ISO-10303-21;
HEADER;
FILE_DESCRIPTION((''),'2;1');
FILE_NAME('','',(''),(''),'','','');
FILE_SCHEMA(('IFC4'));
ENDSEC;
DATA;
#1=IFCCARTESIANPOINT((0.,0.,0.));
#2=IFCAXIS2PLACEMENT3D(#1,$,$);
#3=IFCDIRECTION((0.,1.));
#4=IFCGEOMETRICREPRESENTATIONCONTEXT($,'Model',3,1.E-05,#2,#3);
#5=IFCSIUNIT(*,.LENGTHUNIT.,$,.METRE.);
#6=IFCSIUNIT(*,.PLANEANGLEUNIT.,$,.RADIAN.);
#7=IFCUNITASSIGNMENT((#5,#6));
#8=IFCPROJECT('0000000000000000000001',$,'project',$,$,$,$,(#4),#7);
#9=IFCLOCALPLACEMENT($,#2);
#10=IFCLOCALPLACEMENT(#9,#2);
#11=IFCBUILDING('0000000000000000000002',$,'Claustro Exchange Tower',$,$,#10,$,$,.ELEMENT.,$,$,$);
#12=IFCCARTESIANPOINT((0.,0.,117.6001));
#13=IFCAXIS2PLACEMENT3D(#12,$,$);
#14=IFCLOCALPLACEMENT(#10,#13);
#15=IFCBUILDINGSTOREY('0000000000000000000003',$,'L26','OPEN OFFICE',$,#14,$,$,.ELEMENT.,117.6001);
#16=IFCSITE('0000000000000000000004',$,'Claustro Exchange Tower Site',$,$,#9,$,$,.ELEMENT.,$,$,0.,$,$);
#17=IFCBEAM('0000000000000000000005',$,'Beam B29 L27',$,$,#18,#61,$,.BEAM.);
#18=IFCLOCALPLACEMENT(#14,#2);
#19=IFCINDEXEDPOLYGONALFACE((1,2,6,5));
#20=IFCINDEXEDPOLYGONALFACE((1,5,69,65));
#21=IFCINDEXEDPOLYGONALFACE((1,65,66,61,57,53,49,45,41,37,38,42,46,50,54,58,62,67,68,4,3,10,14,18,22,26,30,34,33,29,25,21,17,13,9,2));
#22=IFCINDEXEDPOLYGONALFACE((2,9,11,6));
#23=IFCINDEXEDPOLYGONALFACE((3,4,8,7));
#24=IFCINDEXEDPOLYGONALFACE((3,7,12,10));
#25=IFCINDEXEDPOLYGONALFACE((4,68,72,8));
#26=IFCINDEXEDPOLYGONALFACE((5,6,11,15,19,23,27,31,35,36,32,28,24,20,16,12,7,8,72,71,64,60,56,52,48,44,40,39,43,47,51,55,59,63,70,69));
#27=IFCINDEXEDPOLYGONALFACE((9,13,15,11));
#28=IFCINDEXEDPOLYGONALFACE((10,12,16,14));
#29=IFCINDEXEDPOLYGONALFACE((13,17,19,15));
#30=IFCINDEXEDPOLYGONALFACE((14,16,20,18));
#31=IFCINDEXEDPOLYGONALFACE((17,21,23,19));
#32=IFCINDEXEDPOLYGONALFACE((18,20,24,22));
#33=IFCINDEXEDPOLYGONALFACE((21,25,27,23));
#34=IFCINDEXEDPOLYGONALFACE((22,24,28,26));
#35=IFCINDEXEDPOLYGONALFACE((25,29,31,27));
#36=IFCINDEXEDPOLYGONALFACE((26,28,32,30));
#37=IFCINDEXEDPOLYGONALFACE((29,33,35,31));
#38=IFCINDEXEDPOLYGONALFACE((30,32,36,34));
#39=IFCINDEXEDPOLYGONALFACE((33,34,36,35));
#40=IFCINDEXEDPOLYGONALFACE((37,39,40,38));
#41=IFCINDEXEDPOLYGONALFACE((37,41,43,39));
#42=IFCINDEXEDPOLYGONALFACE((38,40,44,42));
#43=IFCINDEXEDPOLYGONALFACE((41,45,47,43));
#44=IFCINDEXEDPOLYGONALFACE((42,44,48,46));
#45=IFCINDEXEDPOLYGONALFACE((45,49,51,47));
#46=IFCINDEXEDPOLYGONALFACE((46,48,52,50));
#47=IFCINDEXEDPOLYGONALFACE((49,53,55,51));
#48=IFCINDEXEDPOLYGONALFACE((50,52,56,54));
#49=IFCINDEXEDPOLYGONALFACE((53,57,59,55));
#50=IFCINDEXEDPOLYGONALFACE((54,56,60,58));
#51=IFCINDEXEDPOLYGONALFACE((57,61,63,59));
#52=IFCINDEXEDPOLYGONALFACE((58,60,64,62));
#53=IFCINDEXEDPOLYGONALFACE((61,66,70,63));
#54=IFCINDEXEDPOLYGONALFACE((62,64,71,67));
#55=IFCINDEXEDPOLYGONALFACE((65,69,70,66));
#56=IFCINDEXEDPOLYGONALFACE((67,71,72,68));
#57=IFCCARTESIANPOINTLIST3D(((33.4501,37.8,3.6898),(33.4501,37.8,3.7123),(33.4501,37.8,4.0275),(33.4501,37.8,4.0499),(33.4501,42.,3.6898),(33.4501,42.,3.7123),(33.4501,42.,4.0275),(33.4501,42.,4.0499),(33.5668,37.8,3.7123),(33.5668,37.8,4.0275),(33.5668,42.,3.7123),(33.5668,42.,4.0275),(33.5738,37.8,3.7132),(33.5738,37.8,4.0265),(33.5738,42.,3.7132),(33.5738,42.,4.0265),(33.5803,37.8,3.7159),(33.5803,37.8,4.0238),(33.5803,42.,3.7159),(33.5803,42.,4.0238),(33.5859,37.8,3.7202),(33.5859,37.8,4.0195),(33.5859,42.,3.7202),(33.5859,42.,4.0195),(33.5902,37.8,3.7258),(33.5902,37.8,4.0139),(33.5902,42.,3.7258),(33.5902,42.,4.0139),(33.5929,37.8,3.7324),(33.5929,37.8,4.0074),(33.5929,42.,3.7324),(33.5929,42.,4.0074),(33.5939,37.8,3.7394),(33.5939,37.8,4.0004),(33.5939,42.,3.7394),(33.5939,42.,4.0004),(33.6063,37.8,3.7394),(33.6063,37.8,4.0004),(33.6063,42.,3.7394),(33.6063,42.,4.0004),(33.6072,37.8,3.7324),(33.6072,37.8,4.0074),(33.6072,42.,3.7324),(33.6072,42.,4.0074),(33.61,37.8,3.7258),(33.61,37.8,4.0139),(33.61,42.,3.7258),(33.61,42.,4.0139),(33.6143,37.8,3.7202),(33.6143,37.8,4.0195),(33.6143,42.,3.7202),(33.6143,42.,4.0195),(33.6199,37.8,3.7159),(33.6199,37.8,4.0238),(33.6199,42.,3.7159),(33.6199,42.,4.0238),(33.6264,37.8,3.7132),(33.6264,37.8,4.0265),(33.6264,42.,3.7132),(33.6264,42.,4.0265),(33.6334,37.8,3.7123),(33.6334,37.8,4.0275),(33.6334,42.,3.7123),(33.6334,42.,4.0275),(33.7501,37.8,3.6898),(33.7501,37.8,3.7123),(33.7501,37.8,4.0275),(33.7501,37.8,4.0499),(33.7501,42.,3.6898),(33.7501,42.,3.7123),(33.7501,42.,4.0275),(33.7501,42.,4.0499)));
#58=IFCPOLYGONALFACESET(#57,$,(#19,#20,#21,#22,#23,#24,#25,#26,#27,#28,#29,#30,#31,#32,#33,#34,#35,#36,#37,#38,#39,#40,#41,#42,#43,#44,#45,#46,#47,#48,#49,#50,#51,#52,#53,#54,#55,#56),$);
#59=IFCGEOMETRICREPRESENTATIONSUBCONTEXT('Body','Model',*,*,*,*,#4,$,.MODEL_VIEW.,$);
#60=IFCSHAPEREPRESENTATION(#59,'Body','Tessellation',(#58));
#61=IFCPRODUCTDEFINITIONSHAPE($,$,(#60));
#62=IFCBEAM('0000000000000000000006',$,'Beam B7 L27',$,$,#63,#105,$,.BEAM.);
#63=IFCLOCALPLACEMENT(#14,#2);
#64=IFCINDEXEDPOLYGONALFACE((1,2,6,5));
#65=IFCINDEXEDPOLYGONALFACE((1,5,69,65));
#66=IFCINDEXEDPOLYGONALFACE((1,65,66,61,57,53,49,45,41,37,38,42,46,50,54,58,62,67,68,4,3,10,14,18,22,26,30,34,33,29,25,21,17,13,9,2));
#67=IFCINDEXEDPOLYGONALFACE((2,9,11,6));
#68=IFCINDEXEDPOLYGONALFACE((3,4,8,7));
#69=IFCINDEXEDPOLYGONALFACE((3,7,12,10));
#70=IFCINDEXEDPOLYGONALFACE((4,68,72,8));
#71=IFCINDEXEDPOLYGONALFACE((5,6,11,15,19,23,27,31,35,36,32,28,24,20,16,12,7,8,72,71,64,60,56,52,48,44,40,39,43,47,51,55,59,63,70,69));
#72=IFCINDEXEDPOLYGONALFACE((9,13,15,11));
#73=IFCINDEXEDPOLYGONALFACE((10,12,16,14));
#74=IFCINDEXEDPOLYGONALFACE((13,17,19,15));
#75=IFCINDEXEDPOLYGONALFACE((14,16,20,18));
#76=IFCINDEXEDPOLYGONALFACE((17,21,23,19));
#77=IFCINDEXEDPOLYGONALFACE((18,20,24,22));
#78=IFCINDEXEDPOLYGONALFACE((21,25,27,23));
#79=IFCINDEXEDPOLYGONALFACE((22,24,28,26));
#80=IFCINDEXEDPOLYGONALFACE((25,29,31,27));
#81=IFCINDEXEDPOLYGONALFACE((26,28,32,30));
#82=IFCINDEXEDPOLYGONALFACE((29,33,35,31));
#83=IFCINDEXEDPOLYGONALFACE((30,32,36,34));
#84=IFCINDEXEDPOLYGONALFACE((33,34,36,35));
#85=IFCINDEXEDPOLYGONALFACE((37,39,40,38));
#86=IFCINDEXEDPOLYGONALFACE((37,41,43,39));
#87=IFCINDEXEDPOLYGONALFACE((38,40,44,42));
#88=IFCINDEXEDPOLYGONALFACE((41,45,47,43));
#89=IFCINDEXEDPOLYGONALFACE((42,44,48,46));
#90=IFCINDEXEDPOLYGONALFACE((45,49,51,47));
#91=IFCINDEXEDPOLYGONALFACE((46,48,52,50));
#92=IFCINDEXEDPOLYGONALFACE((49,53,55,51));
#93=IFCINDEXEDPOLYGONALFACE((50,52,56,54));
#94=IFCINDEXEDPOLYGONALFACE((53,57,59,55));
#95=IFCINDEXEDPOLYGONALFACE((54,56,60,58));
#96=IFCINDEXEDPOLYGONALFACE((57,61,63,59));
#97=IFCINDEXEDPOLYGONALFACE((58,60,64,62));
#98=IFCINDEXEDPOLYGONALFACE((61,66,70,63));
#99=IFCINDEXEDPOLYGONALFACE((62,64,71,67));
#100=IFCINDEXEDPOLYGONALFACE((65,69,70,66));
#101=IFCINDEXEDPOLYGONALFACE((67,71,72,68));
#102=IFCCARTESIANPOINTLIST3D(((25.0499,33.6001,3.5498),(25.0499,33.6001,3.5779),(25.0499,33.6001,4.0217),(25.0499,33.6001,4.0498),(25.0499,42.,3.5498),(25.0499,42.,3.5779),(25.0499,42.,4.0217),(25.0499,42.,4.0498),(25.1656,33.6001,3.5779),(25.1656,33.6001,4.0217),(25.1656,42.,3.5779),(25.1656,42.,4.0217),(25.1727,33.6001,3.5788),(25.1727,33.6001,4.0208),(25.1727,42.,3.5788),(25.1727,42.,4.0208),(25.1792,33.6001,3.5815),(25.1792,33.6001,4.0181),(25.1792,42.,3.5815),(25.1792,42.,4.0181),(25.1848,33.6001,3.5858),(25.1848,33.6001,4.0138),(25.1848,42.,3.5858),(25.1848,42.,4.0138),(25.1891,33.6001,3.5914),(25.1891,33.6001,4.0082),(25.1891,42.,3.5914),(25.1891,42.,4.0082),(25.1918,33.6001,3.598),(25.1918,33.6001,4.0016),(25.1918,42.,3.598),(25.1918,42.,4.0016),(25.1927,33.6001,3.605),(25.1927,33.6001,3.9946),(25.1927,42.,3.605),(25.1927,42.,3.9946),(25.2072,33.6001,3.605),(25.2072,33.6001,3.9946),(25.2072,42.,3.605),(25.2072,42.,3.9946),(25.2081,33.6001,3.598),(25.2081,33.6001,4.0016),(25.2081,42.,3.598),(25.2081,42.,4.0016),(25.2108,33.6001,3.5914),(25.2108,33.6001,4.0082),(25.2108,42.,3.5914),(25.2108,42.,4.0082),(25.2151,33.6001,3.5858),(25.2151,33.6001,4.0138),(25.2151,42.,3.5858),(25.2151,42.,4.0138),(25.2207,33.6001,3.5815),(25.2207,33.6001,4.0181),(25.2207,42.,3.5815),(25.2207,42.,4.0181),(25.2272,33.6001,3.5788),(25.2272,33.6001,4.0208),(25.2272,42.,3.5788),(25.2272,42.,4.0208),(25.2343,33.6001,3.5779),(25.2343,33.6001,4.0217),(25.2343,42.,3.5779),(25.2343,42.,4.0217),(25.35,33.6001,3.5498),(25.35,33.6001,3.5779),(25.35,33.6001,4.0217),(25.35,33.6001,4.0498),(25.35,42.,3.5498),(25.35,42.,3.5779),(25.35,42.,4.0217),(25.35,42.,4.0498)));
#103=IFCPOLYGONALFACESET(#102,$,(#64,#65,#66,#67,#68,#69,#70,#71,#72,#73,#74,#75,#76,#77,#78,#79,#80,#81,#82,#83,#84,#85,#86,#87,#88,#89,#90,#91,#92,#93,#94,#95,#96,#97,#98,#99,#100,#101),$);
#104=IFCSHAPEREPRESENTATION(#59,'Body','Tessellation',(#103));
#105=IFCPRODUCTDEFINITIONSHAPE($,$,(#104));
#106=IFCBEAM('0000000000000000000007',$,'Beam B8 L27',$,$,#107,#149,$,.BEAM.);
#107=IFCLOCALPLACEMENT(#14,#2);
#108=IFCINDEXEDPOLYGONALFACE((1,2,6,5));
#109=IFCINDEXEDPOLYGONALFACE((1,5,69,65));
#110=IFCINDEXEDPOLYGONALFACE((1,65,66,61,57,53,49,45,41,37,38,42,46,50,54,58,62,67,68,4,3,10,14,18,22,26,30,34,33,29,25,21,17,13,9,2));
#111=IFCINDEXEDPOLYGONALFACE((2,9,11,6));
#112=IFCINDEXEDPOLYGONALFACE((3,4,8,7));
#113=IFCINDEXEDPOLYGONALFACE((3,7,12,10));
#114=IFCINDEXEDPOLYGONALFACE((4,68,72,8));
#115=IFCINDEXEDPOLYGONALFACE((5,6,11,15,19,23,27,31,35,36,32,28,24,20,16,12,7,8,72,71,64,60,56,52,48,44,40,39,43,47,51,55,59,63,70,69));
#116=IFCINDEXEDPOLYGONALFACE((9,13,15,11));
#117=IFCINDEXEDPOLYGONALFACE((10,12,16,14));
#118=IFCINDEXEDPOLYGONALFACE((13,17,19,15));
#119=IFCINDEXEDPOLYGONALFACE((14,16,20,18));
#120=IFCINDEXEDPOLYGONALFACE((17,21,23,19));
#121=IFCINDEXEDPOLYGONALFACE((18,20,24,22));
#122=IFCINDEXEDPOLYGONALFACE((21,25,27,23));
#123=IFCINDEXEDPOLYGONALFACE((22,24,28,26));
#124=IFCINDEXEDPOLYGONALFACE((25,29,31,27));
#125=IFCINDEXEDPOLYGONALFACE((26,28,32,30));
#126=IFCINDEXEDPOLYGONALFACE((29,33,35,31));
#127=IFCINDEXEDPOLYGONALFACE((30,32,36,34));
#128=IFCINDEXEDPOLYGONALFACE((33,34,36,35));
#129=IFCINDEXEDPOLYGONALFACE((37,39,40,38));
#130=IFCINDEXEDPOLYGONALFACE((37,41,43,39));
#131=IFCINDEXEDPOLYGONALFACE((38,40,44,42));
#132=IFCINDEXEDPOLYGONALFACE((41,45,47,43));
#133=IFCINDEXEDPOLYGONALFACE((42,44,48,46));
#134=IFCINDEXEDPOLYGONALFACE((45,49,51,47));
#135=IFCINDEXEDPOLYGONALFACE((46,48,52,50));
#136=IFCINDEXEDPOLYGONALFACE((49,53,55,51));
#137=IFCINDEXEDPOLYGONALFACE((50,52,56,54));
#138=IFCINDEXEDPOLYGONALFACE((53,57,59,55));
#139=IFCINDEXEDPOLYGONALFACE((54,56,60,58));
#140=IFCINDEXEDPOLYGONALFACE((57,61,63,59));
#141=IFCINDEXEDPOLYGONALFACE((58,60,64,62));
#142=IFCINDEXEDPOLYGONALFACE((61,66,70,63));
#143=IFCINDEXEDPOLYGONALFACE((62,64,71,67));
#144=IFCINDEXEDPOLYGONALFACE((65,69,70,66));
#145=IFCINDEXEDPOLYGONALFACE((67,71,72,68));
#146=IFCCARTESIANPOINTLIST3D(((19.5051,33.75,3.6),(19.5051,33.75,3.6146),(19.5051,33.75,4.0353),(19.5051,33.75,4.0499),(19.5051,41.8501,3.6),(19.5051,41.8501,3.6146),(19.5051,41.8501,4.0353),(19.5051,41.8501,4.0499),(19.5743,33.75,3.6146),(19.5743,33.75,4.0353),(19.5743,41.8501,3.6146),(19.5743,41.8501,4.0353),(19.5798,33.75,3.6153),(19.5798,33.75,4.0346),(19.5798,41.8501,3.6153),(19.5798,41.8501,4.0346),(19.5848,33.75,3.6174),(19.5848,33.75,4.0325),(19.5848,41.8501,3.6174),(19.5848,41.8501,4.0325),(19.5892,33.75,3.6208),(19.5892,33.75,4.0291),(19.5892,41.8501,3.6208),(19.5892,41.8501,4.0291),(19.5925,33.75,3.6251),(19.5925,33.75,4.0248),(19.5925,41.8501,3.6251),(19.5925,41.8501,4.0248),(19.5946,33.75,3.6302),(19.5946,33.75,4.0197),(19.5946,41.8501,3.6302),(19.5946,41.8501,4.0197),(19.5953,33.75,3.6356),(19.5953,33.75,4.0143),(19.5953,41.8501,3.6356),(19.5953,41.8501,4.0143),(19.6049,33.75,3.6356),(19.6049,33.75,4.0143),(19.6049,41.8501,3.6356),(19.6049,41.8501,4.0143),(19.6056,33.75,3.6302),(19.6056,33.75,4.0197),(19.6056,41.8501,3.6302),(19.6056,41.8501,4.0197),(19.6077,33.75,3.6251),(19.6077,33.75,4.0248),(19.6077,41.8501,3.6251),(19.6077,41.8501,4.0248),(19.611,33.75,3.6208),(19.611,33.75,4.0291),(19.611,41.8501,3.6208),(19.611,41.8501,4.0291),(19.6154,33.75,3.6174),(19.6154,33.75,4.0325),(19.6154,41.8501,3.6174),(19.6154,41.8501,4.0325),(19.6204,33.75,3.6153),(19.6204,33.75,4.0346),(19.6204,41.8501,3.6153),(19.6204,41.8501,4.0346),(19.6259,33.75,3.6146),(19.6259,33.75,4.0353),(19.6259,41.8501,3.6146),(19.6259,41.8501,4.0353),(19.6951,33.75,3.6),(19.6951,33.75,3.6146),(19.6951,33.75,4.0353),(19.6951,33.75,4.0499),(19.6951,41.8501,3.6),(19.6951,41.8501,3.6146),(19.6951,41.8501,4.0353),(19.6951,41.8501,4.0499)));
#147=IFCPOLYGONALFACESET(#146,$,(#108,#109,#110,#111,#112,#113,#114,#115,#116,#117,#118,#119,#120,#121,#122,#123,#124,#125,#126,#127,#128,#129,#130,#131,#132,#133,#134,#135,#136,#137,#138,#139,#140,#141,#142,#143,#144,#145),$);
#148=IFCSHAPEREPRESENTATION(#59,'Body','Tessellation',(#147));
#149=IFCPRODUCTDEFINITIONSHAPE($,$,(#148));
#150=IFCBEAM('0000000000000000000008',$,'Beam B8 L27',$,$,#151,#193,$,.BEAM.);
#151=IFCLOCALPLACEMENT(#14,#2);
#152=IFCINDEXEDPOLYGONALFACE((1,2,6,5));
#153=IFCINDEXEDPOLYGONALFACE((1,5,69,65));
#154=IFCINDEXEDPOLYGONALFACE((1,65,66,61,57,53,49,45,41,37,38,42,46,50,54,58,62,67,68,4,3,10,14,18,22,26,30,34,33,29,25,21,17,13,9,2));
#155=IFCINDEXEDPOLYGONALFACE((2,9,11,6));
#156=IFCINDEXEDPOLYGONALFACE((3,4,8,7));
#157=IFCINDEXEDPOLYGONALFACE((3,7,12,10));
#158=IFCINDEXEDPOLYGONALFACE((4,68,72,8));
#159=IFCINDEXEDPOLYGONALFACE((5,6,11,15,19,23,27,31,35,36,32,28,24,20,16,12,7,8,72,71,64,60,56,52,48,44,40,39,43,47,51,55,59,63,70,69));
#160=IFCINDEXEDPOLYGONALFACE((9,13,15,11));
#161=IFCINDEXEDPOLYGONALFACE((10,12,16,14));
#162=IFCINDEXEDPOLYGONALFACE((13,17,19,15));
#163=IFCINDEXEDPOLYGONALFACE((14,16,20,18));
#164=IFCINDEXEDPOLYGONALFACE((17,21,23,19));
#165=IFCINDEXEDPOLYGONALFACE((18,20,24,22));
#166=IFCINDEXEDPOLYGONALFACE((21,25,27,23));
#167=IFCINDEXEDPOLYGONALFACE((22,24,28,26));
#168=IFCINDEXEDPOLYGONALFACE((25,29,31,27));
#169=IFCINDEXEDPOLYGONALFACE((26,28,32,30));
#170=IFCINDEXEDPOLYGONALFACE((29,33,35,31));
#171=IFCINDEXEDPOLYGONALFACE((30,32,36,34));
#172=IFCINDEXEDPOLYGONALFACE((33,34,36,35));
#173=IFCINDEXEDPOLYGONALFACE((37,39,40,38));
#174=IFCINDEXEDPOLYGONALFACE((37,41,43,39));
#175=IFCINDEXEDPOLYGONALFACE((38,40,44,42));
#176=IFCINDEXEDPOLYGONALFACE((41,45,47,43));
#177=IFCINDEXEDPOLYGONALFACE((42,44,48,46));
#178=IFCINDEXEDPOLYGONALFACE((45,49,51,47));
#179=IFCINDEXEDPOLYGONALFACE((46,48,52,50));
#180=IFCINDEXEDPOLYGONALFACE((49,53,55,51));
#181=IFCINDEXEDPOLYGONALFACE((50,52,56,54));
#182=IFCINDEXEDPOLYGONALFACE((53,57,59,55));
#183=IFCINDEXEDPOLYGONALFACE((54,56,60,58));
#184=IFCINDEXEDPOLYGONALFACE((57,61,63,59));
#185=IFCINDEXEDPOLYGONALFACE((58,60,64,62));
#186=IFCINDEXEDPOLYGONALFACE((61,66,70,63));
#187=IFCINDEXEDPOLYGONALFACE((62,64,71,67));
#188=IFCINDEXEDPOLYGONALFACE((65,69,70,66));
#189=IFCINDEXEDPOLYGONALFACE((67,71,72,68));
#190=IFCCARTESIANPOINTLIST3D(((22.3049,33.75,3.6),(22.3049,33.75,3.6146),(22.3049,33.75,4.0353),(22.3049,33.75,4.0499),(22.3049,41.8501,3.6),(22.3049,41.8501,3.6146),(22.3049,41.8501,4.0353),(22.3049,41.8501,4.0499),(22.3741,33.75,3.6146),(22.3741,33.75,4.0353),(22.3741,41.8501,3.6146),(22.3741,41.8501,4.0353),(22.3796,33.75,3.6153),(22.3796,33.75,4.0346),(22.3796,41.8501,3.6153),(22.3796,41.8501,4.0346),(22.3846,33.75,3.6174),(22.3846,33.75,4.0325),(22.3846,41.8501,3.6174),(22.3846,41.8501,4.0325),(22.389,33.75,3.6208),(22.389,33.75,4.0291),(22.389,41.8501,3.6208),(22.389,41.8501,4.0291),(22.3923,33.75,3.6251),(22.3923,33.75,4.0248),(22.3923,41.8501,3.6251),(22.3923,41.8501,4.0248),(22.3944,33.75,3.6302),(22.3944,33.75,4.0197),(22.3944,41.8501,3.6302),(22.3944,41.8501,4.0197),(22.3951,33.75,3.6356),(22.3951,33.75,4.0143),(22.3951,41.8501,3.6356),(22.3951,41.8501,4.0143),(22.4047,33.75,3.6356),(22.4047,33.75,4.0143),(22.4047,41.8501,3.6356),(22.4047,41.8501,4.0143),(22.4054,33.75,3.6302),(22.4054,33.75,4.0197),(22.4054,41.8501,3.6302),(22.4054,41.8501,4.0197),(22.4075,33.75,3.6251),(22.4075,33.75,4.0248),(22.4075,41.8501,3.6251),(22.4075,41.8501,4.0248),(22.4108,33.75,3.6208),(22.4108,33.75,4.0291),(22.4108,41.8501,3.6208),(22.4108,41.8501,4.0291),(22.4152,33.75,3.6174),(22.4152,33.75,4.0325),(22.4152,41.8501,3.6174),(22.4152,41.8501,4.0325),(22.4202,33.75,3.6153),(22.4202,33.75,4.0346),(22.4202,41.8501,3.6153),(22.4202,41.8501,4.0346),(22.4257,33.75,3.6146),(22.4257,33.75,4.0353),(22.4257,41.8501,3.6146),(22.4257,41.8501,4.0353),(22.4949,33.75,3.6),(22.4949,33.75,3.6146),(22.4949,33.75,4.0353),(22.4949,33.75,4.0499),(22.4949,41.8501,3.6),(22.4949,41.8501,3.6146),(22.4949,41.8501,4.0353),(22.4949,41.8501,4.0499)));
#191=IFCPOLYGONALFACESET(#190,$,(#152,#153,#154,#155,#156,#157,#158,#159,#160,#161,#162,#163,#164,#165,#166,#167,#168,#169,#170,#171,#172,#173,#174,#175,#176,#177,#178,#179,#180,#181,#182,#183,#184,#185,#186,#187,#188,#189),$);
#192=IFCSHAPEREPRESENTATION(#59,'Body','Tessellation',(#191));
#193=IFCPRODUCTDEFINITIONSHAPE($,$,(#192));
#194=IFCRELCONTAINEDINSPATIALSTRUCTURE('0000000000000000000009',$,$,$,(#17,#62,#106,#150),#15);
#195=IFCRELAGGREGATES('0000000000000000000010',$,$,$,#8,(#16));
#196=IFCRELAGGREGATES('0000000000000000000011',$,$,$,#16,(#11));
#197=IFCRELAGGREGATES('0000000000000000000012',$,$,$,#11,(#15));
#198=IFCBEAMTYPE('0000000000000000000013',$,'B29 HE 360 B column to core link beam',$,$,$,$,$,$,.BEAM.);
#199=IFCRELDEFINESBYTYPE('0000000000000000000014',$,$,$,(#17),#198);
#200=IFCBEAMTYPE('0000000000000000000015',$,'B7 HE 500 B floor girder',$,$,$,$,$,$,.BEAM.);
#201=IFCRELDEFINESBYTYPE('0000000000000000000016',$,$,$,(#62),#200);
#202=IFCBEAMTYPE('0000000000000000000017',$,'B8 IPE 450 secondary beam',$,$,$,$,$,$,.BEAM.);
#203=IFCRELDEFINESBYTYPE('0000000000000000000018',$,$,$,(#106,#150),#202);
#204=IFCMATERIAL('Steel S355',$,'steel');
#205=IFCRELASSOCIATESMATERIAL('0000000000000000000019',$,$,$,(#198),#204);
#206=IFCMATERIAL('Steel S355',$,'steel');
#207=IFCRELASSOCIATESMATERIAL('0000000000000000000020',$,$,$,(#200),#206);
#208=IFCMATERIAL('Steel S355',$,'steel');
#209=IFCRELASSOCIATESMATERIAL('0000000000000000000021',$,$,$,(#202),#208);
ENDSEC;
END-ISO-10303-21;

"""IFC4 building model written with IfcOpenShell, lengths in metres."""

from ifc_helpers import new_model, si_unit, direction, frame, origin, origin_2d, place, context, subcontext, project, spatial, i_section, extrude, material, material_profile, profile_set, type_object, element, save


model = new_model("IFC4")

# Units and contexts
model_context = context("Model", 3, precision=1e-05, world=origin(), true_north=direction((0.0, 1.0)))
body_context = subcontext(model_context, "Body", "Model", "MODEL_VIEW")
ifc_project = project(units=[si_unit("LENGTHUNIT", "METRE"), si_unit("PLANEANGLEUNIT", "RADIAN")], contexts=[model_context])

# Site, building, storey
site_placement = place(None, origin())
site = spatial("IfcSite", under=ifc_project, at=site_placement, Name="Claustro Exchange Tower Site", CompositionType="ELEMENT", RefElevation=0.0)
building_placement = place(site_placement, origin())
building = spatial("IfcBuilding", under=site, at=building_placement, Name="Claustro Exchange Tower", CompositionType="ELEMENT")
storey_placement = place(building_placement, frame((0.0, 0.0, 117.6001)))
storey = spatial("IfcBuildingStorey", under=building, at=storey_placement, Name="L26", Description="OPEN OFFICE", CompositionType="ELEMENT", Elevation=117.6001)

# Beams
ifc_material_1 = material(Name="Steel S355", Category="steel")
ifc_material_profile_1 = material_profile(ifc_material_1, i_section(OverallWidth=0.3, OverallDepth=0.3601, WebThickness=0.0125, FlangeThickness=0.0225, FilletRadius=0.0271, at=origin_2d()), Name="HE 360 B")
ifc_profile_set_1 = profile_set([ifc_material_profile_1], Name="Steel S355")
beam_type_1 = type_object("IfcBeamType", Name="B29 HE 360 B column to core link beam", PredefinedType="BEAM", material=ifc_profile_set_1)
beam_1_placement = place(storey_placement, frame((33.6001, 37.8, 3.8699), z_axis=(0.0, 1.0, 0.0), x_axis=(-1.0, 0.0, 0.0)))
element("IfcBeam", 1, at=beam_1_placement, inside=storey, type_object=beam_type_1, Name="Beam B29 L27", PredefinedType="BEAM", context=body_context, shape_type="SweptSolid", body=[
    extrude(i_section(OverallWidth=0.3, OverallDepth=0.3601, WebThickness=0.0125, FlangeThickness=0.0225, FilletRadius=0.0271, at=origin_2d()), origin(), (0.0, 0.0, 1.0), 4.2),
])
ifc_material_2 = material(Name="Steel S355", Category="steel")
ifc_material_profile_2 = material_profile(ifc_material_2, i_section(OverallWidth=0.3, OverallDepth=0.5, WebThickness=0.0144, FlangeThickness=0.0281, FilletRadius=0.0271, at=origin_2d()), Name="HE 500 B")
ifc_profile_set_2 = profile_set([ifc_material_profile_2], Name="Steel S355")
beam_type_2 = type_object("IfcBeamType", Name="B7 HE 500 B floor girder", PredefinedType="BEAM", material=ifc_profile_set_2)
beam_2_placement = place(storey_placement, frame((25.2, 33.6001, 3.7998), z_axis=(0.0, 1.0, 0.0), x_axis=(-1.0, 0.0, 0.0)))
element("IfcBeam", 2, at=beam_2_placement, inside=storey, type_object=beam_type_2, Name="Beam B7 L27", PredefinedType="BEAM", context=body_context, shape_type="SweptSolid", body=[
    extrude(i_section(OverallWidth=0.3, OverallDepth=0.5, WebThickness=0.0144, FlangeThickness=0.0281, FilletRadius=0.0271, at=origin_2d()), origin(), (0.0, 0.0, 1.0), 8.3999),
])
ifc_material_3 = material(Name="Steel S355", Category="steel")
ifc_material_profile_3 = material_profile(ifc_material_3, i_section(OverallWidth=0.1899, OverallDepth=0.45, WebThickness=0.0095, FlangeThickness=0.0146, FilletRadius=0.021, at=origin_2d()), Name="IPE 450")
ifc_profile_set_3 = profile_set([ifc_material_profile_3], Name="Steel S355")
beam_type_3 = type_object("IfcBeamType", Name="B8 IPE 450 secondary beam", PredefinedType="BEAM", material=ifc_profile_set_3)
for number, where, z_axis, x_axis, name in (
    (3, (19.6001, 33.75, 3.825), (0.0, 1.0, 0.0), (-1.0, 0.0, 0.0), "Beam B8 L27"),
    (4, (22.3999, 33.75, 3.825), (0.0, 1.0, 0.0), (-1.0, 0.0, 0.0), "Beam B8 L27"),
):
    element("IfcBeam", number, at=place(storey_placement, frame(where, z_axis=z_axis, x_axis=x_axis)), inside=storey, type_object=beam_type_3, Name=name, PredefinedType="BEAM", context=body_context, shape_type="SweptSolid", body=[
        extrude(i_section(OverallWidth=0.1899, OverallDepth=0.45, WebThickness=0.0095, FlangeThickness=0.0146, FilletRadius=0.021, at=origin_2d()), origin(), (0.0, 0.0, 1.0), 8.1001),
    ])

save(model, "model.ifc")
